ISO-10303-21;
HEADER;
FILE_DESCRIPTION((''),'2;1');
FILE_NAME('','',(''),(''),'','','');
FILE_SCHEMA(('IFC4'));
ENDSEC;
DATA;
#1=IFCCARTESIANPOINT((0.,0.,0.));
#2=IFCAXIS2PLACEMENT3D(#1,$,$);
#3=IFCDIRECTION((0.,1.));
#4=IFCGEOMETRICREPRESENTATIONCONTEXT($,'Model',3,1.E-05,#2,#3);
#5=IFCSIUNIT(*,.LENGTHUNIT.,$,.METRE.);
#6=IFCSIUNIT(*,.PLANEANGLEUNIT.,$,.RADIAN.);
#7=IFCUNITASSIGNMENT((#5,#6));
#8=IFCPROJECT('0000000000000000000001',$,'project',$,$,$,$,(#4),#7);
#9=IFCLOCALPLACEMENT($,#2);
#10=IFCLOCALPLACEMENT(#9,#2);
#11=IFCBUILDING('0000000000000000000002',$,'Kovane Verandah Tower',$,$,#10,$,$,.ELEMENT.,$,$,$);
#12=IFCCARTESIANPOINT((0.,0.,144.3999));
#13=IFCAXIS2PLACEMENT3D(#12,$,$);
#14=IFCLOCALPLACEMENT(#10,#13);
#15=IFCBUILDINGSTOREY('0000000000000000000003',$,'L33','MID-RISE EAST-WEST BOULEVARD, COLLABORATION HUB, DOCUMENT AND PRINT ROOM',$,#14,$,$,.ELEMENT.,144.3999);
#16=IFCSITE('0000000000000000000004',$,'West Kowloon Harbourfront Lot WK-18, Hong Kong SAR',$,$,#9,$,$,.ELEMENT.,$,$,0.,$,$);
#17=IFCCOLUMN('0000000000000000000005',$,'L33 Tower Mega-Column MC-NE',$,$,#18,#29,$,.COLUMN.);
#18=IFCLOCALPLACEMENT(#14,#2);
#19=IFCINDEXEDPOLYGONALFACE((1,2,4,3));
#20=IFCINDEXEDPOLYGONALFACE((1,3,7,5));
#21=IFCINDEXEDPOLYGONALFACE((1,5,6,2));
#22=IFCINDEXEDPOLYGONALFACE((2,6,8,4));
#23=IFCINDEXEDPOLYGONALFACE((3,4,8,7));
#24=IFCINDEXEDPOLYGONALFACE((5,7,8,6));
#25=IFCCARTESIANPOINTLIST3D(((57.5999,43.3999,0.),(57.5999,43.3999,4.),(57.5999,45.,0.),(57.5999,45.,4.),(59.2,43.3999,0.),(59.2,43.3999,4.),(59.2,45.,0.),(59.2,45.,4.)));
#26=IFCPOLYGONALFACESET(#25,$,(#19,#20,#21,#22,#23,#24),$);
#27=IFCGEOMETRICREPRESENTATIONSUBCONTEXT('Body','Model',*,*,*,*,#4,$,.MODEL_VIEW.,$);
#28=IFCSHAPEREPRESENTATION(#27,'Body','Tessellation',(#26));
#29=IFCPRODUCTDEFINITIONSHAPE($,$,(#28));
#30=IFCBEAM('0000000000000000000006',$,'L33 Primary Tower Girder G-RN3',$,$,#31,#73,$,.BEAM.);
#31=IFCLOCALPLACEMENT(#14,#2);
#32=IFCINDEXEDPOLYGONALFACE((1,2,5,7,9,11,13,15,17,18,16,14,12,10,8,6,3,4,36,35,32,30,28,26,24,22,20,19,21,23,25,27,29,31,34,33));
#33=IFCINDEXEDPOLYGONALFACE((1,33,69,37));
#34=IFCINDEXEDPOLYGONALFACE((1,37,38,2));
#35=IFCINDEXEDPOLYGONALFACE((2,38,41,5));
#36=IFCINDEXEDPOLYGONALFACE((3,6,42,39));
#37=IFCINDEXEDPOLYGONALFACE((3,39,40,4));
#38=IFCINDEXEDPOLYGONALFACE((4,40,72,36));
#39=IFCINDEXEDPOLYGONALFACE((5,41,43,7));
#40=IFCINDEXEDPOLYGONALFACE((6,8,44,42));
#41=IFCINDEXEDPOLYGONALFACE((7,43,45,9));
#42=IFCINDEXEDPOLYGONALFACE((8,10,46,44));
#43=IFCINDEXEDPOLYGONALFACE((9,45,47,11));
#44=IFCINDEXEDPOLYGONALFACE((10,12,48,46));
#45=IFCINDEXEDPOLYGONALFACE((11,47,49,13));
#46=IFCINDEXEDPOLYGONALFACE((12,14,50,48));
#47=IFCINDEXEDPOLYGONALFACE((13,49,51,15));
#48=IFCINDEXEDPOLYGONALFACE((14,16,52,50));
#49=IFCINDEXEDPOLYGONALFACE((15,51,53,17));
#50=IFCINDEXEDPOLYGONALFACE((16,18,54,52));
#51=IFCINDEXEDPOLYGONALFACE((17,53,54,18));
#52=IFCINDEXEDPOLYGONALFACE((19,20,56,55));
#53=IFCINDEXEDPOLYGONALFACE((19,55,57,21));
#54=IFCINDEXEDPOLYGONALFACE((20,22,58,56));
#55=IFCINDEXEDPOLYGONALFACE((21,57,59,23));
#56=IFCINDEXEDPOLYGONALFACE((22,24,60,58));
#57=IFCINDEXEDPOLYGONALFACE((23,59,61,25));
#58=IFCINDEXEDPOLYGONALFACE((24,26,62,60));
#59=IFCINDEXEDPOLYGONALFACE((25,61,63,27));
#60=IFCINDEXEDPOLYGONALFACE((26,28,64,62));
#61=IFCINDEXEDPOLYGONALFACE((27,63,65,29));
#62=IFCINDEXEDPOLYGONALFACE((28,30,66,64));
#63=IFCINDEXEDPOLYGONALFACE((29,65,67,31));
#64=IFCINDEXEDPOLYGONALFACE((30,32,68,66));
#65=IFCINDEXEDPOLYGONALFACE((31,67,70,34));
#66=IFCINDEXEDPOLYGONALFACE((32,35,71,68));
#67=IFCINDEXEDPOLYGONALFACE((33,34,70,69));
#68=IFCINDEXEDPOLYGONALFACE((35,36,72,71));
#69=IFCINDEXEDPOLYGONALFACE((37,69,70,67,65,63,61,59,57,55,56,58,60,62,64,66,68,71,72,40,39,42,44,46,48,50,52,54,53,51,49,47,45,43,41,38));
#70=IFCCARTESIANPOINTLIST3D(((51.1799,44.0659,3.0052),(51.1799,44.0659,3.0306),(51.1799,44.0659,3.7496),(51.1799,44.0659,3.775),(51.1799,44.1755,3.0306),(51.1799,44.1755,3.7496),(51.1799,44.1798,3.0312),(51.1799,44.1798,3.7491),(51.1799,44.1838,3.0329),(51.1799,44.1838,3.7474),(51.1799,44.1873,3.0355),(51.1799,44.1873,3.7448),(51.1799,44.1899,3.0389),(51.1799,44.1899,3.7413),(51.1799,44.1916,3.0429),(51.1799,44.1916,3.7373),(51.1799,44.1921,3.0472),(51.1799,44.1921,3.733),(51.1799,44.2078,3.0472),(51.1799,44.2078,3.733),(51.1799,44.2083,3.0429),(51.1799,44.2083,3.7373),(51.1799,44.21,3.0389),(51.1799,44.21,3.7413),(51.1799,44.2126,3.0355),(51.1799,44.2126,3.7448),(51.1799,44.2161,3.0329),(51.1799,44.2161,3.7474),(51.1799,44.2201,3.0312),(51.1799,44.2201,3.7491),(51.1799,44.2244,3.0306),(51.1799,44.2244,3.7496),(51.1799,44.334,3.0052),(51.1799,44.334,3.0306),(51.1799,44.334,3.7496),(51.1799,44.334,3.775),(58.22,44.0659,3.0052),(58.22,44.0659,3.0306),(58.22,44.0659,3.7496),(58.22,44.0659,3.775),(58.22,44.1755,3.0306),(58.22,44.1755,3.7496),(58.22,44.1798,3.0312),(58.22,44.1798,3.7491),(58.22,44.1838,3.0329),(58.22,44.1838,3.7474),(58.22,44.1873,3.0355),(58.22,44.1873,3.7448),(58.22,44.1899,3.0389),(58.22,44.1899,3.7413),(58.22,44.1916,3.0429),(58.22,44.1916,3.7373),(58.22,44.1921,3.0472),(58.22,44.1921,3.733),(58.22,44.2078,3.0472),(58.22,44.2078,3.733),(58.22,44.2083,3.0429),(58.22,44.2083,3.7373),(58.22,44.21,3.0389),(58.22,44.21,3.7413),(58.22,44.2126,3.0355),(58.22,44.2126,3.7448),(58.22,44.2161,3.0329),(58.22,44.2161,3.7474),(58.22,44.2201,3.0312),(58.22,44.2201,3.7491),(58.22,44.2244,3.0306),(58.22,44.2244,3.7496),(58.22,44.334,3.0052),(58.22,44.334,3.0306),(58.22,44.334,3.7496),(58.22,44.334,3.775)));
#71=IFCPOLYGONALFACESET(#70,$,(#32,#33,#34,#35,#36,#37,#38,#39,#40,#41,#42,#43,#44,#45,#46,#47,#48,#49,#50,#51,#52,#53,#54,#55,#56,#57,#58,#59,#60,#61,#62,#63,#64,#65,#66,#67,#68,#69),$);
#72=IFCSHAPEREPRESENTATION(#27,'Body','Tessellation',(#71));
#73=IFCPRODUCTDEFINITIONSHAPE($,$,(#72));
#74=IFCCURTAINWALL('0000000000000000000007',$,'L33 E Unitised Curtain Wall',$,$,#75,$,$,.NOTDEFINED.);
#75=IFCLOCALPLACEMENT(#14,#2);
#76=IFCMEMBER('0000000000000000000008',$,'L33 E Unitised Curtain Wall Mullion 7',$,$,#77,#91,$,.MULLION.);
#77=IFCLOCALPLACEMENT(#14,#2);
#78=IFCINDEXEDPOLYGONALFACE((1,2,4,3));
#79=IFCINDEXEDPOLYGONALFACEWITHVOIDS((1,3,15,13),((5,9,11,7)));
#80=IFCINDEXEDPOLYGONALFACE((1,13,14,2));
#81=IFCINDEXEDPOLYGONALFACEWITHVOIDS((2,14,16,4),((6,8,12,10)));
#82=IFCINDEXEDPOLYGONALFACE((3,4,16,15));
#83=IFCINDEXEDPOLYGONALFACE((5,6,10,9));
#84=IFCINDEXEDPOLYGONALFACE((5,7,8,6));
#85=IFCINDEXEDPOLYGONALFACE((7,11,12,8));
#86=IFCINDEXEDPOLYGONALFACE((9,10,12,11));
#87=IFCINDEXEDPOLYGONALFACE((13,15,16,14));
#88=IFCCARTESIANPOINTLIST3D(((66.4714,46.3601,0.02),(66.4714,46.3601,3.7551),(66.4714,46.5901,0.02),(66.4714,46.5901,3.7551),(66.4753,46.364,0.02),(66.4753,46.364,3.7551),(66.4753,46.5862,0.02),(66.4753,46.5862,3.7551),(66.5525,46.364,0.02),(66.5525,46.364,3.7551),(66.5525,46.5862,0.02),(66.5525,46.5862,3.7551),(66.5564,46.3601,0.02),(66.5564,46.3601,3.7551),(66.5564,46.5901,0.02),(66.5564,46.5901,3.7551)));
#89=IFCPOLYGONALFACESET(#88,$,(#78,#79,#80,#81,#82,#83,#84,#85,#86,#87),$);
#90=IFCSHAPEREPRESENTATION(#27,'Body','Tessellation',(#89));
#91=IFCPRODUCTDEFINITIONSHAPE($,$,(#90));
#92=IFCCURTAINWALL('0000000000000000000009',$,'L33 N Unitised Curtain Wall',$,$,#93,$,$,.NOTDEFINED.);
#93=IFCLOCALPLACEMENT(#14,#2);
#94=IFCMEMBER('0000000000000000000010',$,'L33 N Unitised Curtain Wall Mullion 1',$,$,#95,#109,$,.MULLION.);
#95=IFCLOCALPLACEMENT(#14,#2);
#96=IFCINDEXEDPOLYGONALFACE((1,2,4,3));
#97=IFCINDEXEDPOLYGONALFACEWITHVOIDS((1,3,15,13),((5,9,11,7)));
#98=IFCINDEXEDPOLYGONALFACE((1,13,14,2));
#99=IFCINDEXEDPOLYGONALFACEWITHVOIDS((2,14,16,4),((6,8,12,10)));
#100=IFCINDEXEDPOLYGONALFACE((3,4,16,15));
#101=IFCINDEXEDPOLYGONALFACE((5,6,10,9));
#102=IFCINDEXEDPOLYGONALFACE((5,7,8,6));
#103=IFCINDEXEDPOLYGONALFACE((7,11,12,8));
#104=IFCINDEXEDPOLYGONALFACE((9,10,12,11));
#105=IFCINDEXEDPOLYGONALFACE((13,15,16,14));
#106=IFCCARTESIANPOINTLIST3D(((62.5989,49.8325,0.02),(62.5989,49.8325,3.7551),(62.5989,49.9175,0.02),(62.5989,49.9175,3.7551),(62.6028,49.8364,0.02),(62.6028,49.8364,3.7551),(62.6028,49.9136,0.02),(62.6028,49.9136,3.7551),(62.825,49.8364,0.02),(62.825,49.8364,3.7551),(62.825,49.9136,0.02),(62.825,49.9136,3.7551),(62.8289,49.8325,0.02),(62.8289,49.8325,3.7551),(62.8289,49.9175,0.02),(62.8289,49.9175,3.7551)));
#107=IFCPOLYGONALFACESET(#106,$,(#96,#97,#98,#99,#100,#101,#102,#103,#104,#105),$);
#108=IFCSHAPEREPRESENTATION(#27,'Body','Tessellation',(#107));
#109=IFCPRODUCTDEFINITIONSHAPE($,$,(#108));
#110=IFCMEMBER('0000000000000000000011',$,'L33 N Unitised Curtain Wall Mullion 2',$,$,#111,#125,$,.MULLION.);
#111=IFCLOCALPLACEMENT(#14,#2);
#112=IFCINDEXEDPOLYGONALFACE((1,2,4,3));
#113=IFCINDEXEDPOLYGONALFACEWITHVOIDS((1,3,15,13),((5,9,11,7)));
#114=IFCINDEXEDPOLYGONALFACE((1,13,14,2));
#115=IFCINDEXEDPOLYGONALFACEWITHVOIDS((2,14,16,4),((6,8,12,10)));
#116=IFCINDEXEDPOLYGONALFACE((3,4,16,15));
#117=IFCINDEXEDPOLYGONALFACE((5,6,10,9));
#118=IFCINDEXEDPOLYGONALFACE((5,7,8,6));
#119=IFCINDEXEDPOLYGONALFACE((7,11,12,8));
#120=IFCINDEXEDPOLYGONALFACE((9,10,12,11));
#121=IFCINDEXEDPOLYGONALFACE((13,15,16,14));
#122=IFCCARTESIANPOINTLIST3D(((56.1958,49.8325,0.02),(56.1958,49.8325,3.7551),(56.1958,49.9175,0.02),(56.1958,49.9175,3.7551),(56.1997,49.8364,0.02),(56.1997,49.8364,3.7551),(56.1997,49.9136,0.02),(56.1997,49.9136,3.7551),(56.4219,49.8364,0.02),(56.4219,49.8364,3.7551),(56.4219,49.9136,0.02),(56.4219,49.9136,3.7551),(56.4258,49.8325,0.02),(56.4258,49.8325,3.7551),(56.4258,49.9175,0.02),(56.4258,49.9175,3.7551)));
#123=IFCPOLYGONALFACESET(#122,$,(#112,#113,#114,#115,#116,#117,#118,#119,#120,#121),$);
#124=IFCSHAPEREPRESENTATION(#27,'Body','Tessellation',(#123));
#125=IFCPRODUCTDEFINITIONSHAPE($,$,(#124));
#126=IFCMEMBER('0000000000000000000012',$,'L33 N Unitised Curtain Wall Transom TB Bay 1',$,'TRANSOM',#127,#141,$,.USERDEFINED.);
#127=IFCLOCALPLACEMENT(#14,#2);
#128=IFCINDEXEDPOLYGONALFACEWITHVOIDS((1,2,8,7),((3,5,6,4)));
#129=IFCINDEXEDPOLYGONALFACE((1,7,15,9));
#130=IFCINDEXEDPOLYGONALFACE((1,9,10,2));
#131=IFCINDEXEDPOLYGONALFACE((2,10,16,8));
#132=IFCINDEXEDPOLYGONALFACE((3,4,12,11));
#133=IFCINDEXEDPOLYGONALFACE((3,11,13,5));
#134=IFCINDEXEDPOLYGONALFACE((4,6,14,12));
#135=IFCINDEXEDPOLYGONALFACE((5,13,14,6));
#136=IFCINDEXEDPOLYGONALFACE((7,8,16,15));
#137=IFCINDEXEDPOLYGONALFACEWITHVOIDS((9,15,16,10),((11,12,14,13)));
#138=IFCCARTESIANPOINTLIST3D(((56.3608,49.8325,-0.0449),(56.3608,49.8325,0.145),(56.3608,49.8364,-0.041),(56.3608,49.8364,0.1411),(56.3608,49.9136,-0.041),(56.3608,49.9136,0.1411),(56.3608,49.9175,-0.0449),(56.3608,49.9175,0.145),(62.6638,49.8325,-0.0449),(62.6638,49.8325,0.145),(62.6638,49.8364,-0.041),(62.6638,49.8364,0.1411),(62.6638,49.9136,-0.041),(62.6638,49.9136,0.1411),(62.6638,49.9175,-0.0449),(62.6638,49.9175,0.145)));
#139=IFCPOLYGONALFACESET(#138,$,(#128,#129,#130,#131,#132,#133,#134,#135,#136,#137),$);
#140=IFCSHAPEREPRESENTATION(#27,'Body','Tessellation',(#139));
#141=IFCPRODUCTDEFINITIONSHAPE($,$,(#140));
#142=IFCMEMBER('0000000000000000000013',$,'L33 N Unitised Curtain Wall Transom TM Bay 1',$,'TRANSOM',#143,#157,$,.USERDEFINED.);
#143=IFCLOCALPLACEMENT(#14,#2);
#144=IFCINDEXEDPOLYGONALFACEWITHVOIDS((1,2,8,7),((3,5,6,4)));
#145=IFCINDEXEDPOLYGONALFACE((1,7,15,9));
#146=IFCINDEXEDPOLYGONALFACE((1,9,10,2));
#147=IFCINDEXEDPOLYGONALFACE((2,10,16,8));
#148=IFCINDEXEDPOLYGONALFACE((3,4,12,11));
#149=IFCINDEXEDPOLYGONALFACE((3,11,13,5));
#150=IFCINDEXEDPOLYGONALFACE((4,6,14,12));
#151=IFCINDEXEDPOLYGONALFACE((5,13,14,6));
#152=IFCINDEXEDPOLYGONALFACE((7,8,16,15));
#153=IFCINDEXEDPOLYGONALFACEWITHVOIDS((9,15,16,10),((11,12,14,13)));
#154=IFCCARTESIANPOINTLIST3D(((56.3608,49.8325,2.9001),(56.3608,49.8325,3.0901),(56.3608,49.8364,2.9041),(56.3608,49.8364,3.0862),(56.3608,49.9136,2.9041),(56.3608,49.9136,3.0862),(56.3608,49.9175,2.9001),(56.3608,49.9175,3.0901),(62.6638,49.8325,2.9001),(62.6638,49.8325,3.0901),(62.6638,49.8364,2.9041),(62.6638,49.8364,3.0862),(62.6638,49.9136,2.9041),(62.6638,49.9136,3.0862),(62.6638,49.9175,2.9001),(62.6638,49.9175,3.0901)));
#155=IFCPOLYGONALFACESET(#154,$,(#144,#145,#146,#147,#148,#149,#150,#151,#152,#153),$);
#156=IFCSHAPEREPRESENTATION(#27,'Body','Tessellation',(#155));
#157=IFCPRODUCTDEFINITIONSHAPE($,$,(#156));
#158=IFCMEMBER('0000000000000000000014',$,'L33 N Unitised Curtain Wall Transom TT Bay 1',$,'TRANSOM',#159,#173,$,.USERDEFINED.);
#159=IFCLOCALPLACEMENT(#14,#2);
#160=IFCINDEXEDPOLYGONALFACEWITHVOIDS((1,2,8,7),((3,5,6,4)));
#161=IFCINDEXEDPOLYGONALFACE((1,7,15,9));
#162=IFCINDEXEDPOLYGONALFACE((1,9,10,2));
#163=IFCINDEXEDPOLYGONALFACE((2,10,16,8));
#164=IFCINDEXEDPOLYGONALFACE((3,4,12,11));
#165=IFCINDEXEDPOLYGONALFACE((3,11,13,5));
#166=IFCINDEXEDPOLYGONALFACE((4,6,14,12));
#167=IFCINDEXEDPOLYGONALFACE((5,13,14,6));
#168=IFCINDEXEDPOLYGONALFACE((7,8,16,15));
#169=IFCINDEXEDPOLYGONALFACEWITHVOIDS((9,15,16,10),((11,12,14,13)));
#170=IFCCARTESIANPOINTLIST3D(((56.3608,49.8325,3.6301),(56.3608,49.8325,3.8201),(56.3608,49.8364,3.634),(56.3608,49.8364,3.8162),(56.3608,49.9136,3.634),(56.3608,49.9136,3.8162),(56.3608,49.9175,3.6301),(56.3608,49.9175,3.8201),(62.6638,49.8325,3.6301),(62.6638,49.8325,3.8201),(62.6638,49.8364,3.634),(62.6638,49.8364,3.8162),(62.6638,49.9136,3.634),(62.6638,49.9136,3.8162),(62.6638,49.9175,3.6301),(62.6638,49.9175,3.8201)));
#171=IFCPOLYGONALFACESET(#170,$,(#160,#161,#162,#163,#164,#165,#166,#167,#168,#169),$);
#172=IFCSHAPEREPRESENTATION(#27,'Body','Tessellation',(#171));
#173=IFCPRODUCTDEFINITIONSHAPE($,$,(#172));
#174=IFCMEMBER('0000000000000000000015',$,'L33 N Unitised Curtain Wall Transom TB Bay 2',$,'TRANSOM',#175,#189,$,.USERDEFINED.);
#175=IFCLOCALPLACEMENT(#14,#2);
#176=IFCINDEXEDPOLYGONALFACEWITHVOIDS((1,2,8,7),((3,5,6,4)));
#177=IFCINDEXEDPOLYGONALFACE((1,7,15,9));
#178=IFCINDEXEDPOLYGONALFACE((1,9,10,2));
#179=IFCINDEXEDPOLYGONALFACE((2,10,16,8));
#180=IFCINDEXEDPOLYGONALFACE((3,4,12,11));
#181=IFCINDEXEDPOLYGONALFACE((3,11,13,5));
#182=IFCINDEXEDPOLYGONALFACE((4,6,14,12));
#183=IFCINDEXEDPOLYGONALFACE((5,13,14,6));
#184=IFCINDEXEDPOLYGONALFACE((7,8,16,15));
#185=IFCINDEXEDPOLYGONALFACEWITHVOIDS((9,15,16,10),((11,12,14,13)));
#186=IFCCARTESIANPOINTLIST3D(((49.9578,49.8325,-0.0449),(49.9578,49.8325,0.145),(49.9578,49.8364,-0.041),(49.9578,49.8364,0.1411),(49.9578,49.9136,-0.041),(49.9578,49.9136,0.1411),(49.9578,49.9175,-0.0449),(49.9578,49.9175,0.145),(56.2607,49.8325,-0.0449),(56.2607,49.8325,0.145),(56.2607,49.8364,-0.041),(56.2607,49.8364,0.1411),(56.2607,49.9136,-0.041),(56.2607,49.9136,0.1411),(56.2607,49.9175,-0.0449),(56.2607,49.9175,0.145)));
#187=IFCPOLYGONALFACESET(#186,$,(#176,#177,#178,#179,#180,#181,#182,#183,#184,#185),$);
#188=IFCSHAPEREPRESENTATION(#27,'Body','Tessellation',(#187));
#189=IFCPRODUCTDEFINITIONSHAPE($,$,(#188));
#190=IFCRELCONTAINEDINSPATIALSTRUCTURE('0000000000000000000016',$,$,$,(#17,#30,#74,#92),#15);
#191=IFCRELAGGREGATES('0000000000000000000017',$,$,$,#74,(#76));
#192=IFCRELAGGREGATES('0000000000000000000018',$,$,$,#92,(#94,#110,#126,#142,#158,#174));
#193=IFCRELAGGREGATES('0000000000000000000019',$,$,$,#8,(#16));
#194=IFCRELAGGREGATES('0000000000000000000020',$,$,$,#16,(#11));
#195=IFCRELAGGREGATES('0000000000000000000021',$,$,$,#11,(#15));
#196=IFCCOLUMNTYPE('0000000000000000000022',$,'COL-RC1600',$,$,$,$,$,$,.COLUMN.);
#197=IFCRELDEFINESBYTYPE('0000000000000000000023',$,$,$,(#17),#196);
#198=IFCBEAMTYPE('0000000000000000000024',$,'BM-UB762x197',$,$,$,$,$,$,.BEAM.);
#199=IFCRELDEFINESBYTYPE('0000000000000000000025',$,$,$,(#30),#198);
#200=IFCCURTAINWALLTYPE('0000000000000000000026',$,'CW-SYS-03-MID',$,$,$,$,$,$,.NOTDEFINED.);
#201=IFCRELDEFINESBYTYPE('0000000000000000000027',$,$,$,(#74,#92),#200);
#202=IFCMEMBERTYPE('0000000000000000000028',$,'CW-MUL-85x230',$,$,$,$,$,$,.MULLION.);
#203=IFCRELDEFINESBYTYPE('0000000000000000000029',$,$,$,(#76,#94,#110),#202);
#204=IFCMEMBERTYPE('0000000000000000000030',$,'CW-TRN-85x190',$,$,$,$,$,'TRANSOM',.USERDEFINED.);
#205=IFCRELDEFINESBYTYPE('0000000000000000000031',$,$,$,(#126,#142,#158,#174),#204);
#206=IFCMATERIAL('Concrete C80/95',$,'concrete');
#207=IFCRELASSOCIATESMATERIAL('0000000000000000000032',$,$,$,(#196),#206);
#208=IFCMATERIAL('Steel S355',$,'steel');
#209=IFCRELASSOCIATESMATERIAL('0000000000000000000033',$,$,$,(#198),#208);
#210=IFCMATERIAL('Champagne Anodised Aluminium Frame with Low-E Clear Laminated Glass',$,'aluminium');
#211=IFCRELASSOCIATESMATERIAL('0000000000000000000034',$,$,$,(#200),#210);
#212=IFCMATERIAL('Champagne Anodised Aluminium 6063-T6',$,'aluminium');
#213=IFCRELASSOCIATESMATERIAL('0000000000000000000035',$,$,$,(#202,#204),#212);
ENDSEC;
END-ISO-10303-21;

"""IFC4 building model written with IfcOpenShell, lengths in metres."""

from ifc_helpers import new_model, si_unit, direction, frame, origin, origin_2d, place, context, subcontext, project, spatial, rectangle, hollow_rectangle, i_section, extrude, material, material_profile, profile_set, type_object, element, aggregate, save


model = new_model("IFC4")

# Units and contexts
model_context = context("Model", 3, precision=1e-05, world=origin(), true_north=direction((0.0, 1.0)))
body_context = subcontext(model_context, "Body", "Model", "MODEL_VIEW")
ifc_project = project(units=[si_unit("LENGTHUNIT", "METRE"), si_unit("PLANEANGLEUNIT", "RADIAN")], contexts=[model_context])

# Site, building, storey
site_placement = place(None, origin())
site = spatial("IfcSite", under=ifc_project, at=site_placement, Name="West Kowloon Harbourfront Lot WK-18, Hong Kong SAR", CompositionType="ELEMENT", RefElevation=0.0)
building_placement = place(site_placement, origin())
building = spatial("IfcBuilding", under=site, at=building_placement, Name="Kovane Verandah Tower", CompositionType="ELEMENT")
storey_placement = place(building_placement, frame((0.0, 0.0, 144.3999)))
storey = spatial("IfcBuildingStorey", under=building, at=storey_placement, Name="L33", Description="MID-RISE EAST-WEST BOULEVARD, COLLABORATION HUB, DOCUMENT AND PRINT ROOM", CompositionType="ELEMENT", Elevation=144.3999)

# Column
ifc_material_1 = material(Name="Concrete C80/95", Category="concrete")
ifc_material_profile_1 = material_profile(ifc_material_1, rectangle(XDim=1.6001, YDim=1.6001, at=origin_2d()), Name="RC1600x1600")
ifc_profile_set_1 = profile_set([ifc_material_profile_1], Name="Concrete C80/95")
column_type = type_object("IfcColumnType", Name="COL-RC1600", PredefinedType="COLUMN", material=ifc_profile_set_1)
column_placement = place(storey_placement, frame((58.3999, 44.2, 0.0), z_axis=(0.0, 0.0, 1.0), x_axis=(1.0, 0.0, 0.0)))
element("IfcColumn", 1, at=column_placement, inside=storey, type_object=column_type, Name="L33 Tower Mega-Column MC-NE", PredefinedType="COLUMN", context=body_context, shape_type="SweptSolid", body=[
    extrude(rectangle(XDim=1.6001, YDim=1.6001, at=origin_2d()), origin(), (0.0, 0.0, 1.0), 4.0),
])

# Beam
ifc_material_2 = material(Name="Steel S355", Category="steel")
ifc_material_profile_2 = material_profile(ifc_material_2, i_section(OverallWidth=0.2681, OverallDepth=0.7698, WebThickness=0.0156, FlangeThickness=0.0254, FilletRadius=0.0166, at=origin_2d()), Name="UB762x267x197")
ifc_profile_set_2 = profile_set([ifc_material_profile_2], Name="Steel S355")
beam_type = type_object("IfcBeamType", Name="BM-UB762x197", PredefinedType="BEAM", material=ifc_profile_set_2)
beam_placement = place(storey_placement, frame((51.1799, 44.2, 3.3901), z_axis=(1.0, 0.0, 0.0), x_axis=(0.0, 1.0, 0.0)))
element("IfcBeam", 2, at=beam_placement, inside=storey, type_object=beam_type, Name="L33 Primary Tower Girder G-RN3", PredefinedType="BEAM", context=body_context, shape_type="SweptSolid", body=[
    extrude(i_section(OverallWidth=0.2681, OverallDepth=0.7698, WebThickness=0.0156, FlangeThickness=0.0254, FilletRadius=0.0166, at=origin_2d()), origin(), (0.0, 0.0, 1.0), 7.04),
])

# Curtain wall, member
ifc_material_3 = material(Name="Champagne Anodised Aluminium Frame with Low-E Clear Laminated Glass", Category="aluminium")
curtain_wall_type = type_object("IfcCurtainWallType", Name="CW-SYS-03-MID", PredefinedType="NOTDEFINED", material=ifc_material_3)
curtain_wall_1_placement = place(storey_placement, origin())
curtain_wall_1 = element("IfcCurtainWall", 3, at=curtain_wall_1_placement, inside=storey, type_object=curtain_wall_type, Name="L33 E Unitised Curtain Wall", PredefinedType="NOTDEFINED")
ifc_material_4 = material(Name="Champagne Anodised Aluminium 6063-T6", Category="aluminium")
ifc_material_profile_3 = material_profile(ifc_material_4, hollow_rectangle(XDim=0.085, YDim=0.23, WallThickness=0.0039, at=origin_2d()), Name="AL85x230x4")
ifc_profile_set_3 = profile_set([ifc_material_profile_3], Name="Champagne Anodised Aluminium 6063-T6")
member_type_1 = type_object("IfcMemberType", Name="CW-MUL-85x230", PredefinedType="MULLION", material=ifc_profile_set_3)
member_1_placement = place(storey_placement, frame((66.5139, 46.4751, 0.02), z_axis=(0.0, 0.0, 1.0), x_axis=(1.0, 0.0, 0.0)))
member_1 = element("IfcMember", 4, at=member_1_placement, type_object=member_type_1, Name="L33 E Unitised Curtain Wall Mullion 7", PredefinedType="MULLION", context=body_context, shape_type="SweptSolid", body=[
    extrude(hollow_rectangle(XDim=0.085, YDim=0.23, WallThickness=0.0039, at=origin_2d()), origin(), (0.0, 0.0, 1.0), 3.7351),
])

# Curtain wall, members
curtain_wall_2_placement = place(storey_placement, origin())
curtain_wall_2 = element("IfcCurtainWall", 5, at=curtain_wall_2_placement, inside=storey, type_object=curtain_wall_type, Name="L33 N Unitised Curtain Wall", PredefinedType="NOTDEFINED")
member_2_placement = place(storey_placement, frame((62.7139, 49.875, 0.02), z_axis=(0.0, 0.0, 1.0), x_axis=(0.0, 1.0, 0.0)))
member_2 = element("IfcMember", 6, at=member_2_placement, type_object=member_type_1, Name="L33 N Unitised Curtain Wall Mullion 1", PredefinedType="MULLION", context=body_context, shape_type="SweptSolid", body=[
    extrude(hollow_rectangle(XDim=0.085, YDim=0.23, WallThickness=0.0039, at=origin_2d()), origin(), (0.0, 0.0, 1.0), 3.7351),
])
member_3_placement = place(storey_placement, frame((56.3108, 49.875, 0.02), z_axis=(0.0, 0.0, 1.0), x_axis=(0.0, 1.0, 0.0)))
member_3 = element("IfcMember", 7, at=member_3_placement, type_object=member_type_1, Name="L33 N Unitised Curtain Wall Mullion 2", PredefinedType="MULLION", context=body_context, shape_type="SweptSolid", body=[
    extrude(hollow_rectangle(XDim=0.085, YDim=0.23, WallThickness=0.0039, at=origin_2d()), origin(), (0.0, 0.0, 1.0), 3.7351),
])
ifc_material_profile_4 = material_profile(ifc_material_4, hollow_rectangle(XDim=0.085, YDim=0.1899, WallThickness=0.0039, at=origin_2d()), Name="AL85x190x4")
ifc_profile_set_4 = profile_set([ifc_material_profile_4], Name="Champagne Anodised Aluminium 6063-T6")
member_type_2 = type_object("IfcMemberType", Name="CW-TRN-85x190", ElementType="TRANSOM", PredefinedType="USERDEFINED", material=ifc_profile_set_4)
member_4_placement = place(storey_placement, frame((62.6638, 49.875, 0.05), z_axis=(-1.0, 0.0, 0.0), x_axis=(0.0, -1.0, 0.0)))
member_4 = element("IfcMember", 8, at=member_4_placement, type_object=member_type_2, Name="L33 N Unitised Curtain Wall Transom TB Bay 1", ObjectType="TRANSOM", PredefinedType="USERDEFINED", context=body_context, shape_type="SweptSolid", body=[
    extrude(hollow_rectangle(XDim=0.085, YDim=0.1899, WallThickness=0.0039, at=origin_2d()), origin(), (0.0, 0.0, 1.0), 6.303),
])
member_5_placement = place(storey_placement, frame((62.6638, 49.875, 2.9951), z_axis=(-1.0, 0.0, 0.0), x_axis=(0.0, -1.0, 0.0)))
member_5 = element("IfcMember", 9, at=member_5_placement, type_object=member_type_2, Name="L33 N Unitised Curtain Wall Transom TM Bay 1", ObjectType="TRANSOM", PredefinedType="USERDEFINED", context=body_context, shape_type="SweptSolid", body=[
    extrude(hollow_rectangle(XDim=0.085, YDim=0.1899, WallThickness=0.0039, at=origin_2d()), origin(), (0.0, 0.0, 1.0), 6.303),
])
member_6_placement = place(storey_placement, frame((62.6638, 49.875, 3.7251), z_axis=(-1.0, 0.0, 0.0), x_axis=(0.0, -1.0, 0.0)))
member_6 = element("IfcMember", 10, at=member_6_placement, type_object=member_type_2, Name="L33 N Unitised Curtain Wall Transom TT Bay 1", ObjectType="TRANSOM", PredefinedType="USERDEFINED", context=body_context, shape_type="SweptSolid", body=[
    extrude(hollow_rectangle(XDim=0.085, YDim=0.1899, WallThickness=0.0039, at=origin_2d()), origin(), (0.0, 0.0, 1.0), 6.303),
])
member_7_placement = place(storey_placement, frame((56.2607, 49.875, 0.05), z_axis=(-1.0, 0.0, 0.0), x_axis=(0.0, -1.0, 0.0)))
member_7 = element("IfcMember", 11, at=member_7_placement, type_object=member_type_2, Name="L33 N Unitised Curtain Wall Transom TB Bay 2", ObjectType="TRANSOM", PredefinedType="USERDEFINED", context=body_context, shape_type="SweptSolid", body=[
    extrude(hollow_rectangle(XDim=0.085, YDim=0.1899, WallThickness=0.0039, at=origin_2d()), origin(), (0.0, 0.0, 1.0), 6.303),
])

aggregate(curtain_wall_1, [member_1])
aggregate(curtain_wall_2, [member_2, member_3, member_4, member_5, member_6, member_7])

save(model, "model.ifc")
